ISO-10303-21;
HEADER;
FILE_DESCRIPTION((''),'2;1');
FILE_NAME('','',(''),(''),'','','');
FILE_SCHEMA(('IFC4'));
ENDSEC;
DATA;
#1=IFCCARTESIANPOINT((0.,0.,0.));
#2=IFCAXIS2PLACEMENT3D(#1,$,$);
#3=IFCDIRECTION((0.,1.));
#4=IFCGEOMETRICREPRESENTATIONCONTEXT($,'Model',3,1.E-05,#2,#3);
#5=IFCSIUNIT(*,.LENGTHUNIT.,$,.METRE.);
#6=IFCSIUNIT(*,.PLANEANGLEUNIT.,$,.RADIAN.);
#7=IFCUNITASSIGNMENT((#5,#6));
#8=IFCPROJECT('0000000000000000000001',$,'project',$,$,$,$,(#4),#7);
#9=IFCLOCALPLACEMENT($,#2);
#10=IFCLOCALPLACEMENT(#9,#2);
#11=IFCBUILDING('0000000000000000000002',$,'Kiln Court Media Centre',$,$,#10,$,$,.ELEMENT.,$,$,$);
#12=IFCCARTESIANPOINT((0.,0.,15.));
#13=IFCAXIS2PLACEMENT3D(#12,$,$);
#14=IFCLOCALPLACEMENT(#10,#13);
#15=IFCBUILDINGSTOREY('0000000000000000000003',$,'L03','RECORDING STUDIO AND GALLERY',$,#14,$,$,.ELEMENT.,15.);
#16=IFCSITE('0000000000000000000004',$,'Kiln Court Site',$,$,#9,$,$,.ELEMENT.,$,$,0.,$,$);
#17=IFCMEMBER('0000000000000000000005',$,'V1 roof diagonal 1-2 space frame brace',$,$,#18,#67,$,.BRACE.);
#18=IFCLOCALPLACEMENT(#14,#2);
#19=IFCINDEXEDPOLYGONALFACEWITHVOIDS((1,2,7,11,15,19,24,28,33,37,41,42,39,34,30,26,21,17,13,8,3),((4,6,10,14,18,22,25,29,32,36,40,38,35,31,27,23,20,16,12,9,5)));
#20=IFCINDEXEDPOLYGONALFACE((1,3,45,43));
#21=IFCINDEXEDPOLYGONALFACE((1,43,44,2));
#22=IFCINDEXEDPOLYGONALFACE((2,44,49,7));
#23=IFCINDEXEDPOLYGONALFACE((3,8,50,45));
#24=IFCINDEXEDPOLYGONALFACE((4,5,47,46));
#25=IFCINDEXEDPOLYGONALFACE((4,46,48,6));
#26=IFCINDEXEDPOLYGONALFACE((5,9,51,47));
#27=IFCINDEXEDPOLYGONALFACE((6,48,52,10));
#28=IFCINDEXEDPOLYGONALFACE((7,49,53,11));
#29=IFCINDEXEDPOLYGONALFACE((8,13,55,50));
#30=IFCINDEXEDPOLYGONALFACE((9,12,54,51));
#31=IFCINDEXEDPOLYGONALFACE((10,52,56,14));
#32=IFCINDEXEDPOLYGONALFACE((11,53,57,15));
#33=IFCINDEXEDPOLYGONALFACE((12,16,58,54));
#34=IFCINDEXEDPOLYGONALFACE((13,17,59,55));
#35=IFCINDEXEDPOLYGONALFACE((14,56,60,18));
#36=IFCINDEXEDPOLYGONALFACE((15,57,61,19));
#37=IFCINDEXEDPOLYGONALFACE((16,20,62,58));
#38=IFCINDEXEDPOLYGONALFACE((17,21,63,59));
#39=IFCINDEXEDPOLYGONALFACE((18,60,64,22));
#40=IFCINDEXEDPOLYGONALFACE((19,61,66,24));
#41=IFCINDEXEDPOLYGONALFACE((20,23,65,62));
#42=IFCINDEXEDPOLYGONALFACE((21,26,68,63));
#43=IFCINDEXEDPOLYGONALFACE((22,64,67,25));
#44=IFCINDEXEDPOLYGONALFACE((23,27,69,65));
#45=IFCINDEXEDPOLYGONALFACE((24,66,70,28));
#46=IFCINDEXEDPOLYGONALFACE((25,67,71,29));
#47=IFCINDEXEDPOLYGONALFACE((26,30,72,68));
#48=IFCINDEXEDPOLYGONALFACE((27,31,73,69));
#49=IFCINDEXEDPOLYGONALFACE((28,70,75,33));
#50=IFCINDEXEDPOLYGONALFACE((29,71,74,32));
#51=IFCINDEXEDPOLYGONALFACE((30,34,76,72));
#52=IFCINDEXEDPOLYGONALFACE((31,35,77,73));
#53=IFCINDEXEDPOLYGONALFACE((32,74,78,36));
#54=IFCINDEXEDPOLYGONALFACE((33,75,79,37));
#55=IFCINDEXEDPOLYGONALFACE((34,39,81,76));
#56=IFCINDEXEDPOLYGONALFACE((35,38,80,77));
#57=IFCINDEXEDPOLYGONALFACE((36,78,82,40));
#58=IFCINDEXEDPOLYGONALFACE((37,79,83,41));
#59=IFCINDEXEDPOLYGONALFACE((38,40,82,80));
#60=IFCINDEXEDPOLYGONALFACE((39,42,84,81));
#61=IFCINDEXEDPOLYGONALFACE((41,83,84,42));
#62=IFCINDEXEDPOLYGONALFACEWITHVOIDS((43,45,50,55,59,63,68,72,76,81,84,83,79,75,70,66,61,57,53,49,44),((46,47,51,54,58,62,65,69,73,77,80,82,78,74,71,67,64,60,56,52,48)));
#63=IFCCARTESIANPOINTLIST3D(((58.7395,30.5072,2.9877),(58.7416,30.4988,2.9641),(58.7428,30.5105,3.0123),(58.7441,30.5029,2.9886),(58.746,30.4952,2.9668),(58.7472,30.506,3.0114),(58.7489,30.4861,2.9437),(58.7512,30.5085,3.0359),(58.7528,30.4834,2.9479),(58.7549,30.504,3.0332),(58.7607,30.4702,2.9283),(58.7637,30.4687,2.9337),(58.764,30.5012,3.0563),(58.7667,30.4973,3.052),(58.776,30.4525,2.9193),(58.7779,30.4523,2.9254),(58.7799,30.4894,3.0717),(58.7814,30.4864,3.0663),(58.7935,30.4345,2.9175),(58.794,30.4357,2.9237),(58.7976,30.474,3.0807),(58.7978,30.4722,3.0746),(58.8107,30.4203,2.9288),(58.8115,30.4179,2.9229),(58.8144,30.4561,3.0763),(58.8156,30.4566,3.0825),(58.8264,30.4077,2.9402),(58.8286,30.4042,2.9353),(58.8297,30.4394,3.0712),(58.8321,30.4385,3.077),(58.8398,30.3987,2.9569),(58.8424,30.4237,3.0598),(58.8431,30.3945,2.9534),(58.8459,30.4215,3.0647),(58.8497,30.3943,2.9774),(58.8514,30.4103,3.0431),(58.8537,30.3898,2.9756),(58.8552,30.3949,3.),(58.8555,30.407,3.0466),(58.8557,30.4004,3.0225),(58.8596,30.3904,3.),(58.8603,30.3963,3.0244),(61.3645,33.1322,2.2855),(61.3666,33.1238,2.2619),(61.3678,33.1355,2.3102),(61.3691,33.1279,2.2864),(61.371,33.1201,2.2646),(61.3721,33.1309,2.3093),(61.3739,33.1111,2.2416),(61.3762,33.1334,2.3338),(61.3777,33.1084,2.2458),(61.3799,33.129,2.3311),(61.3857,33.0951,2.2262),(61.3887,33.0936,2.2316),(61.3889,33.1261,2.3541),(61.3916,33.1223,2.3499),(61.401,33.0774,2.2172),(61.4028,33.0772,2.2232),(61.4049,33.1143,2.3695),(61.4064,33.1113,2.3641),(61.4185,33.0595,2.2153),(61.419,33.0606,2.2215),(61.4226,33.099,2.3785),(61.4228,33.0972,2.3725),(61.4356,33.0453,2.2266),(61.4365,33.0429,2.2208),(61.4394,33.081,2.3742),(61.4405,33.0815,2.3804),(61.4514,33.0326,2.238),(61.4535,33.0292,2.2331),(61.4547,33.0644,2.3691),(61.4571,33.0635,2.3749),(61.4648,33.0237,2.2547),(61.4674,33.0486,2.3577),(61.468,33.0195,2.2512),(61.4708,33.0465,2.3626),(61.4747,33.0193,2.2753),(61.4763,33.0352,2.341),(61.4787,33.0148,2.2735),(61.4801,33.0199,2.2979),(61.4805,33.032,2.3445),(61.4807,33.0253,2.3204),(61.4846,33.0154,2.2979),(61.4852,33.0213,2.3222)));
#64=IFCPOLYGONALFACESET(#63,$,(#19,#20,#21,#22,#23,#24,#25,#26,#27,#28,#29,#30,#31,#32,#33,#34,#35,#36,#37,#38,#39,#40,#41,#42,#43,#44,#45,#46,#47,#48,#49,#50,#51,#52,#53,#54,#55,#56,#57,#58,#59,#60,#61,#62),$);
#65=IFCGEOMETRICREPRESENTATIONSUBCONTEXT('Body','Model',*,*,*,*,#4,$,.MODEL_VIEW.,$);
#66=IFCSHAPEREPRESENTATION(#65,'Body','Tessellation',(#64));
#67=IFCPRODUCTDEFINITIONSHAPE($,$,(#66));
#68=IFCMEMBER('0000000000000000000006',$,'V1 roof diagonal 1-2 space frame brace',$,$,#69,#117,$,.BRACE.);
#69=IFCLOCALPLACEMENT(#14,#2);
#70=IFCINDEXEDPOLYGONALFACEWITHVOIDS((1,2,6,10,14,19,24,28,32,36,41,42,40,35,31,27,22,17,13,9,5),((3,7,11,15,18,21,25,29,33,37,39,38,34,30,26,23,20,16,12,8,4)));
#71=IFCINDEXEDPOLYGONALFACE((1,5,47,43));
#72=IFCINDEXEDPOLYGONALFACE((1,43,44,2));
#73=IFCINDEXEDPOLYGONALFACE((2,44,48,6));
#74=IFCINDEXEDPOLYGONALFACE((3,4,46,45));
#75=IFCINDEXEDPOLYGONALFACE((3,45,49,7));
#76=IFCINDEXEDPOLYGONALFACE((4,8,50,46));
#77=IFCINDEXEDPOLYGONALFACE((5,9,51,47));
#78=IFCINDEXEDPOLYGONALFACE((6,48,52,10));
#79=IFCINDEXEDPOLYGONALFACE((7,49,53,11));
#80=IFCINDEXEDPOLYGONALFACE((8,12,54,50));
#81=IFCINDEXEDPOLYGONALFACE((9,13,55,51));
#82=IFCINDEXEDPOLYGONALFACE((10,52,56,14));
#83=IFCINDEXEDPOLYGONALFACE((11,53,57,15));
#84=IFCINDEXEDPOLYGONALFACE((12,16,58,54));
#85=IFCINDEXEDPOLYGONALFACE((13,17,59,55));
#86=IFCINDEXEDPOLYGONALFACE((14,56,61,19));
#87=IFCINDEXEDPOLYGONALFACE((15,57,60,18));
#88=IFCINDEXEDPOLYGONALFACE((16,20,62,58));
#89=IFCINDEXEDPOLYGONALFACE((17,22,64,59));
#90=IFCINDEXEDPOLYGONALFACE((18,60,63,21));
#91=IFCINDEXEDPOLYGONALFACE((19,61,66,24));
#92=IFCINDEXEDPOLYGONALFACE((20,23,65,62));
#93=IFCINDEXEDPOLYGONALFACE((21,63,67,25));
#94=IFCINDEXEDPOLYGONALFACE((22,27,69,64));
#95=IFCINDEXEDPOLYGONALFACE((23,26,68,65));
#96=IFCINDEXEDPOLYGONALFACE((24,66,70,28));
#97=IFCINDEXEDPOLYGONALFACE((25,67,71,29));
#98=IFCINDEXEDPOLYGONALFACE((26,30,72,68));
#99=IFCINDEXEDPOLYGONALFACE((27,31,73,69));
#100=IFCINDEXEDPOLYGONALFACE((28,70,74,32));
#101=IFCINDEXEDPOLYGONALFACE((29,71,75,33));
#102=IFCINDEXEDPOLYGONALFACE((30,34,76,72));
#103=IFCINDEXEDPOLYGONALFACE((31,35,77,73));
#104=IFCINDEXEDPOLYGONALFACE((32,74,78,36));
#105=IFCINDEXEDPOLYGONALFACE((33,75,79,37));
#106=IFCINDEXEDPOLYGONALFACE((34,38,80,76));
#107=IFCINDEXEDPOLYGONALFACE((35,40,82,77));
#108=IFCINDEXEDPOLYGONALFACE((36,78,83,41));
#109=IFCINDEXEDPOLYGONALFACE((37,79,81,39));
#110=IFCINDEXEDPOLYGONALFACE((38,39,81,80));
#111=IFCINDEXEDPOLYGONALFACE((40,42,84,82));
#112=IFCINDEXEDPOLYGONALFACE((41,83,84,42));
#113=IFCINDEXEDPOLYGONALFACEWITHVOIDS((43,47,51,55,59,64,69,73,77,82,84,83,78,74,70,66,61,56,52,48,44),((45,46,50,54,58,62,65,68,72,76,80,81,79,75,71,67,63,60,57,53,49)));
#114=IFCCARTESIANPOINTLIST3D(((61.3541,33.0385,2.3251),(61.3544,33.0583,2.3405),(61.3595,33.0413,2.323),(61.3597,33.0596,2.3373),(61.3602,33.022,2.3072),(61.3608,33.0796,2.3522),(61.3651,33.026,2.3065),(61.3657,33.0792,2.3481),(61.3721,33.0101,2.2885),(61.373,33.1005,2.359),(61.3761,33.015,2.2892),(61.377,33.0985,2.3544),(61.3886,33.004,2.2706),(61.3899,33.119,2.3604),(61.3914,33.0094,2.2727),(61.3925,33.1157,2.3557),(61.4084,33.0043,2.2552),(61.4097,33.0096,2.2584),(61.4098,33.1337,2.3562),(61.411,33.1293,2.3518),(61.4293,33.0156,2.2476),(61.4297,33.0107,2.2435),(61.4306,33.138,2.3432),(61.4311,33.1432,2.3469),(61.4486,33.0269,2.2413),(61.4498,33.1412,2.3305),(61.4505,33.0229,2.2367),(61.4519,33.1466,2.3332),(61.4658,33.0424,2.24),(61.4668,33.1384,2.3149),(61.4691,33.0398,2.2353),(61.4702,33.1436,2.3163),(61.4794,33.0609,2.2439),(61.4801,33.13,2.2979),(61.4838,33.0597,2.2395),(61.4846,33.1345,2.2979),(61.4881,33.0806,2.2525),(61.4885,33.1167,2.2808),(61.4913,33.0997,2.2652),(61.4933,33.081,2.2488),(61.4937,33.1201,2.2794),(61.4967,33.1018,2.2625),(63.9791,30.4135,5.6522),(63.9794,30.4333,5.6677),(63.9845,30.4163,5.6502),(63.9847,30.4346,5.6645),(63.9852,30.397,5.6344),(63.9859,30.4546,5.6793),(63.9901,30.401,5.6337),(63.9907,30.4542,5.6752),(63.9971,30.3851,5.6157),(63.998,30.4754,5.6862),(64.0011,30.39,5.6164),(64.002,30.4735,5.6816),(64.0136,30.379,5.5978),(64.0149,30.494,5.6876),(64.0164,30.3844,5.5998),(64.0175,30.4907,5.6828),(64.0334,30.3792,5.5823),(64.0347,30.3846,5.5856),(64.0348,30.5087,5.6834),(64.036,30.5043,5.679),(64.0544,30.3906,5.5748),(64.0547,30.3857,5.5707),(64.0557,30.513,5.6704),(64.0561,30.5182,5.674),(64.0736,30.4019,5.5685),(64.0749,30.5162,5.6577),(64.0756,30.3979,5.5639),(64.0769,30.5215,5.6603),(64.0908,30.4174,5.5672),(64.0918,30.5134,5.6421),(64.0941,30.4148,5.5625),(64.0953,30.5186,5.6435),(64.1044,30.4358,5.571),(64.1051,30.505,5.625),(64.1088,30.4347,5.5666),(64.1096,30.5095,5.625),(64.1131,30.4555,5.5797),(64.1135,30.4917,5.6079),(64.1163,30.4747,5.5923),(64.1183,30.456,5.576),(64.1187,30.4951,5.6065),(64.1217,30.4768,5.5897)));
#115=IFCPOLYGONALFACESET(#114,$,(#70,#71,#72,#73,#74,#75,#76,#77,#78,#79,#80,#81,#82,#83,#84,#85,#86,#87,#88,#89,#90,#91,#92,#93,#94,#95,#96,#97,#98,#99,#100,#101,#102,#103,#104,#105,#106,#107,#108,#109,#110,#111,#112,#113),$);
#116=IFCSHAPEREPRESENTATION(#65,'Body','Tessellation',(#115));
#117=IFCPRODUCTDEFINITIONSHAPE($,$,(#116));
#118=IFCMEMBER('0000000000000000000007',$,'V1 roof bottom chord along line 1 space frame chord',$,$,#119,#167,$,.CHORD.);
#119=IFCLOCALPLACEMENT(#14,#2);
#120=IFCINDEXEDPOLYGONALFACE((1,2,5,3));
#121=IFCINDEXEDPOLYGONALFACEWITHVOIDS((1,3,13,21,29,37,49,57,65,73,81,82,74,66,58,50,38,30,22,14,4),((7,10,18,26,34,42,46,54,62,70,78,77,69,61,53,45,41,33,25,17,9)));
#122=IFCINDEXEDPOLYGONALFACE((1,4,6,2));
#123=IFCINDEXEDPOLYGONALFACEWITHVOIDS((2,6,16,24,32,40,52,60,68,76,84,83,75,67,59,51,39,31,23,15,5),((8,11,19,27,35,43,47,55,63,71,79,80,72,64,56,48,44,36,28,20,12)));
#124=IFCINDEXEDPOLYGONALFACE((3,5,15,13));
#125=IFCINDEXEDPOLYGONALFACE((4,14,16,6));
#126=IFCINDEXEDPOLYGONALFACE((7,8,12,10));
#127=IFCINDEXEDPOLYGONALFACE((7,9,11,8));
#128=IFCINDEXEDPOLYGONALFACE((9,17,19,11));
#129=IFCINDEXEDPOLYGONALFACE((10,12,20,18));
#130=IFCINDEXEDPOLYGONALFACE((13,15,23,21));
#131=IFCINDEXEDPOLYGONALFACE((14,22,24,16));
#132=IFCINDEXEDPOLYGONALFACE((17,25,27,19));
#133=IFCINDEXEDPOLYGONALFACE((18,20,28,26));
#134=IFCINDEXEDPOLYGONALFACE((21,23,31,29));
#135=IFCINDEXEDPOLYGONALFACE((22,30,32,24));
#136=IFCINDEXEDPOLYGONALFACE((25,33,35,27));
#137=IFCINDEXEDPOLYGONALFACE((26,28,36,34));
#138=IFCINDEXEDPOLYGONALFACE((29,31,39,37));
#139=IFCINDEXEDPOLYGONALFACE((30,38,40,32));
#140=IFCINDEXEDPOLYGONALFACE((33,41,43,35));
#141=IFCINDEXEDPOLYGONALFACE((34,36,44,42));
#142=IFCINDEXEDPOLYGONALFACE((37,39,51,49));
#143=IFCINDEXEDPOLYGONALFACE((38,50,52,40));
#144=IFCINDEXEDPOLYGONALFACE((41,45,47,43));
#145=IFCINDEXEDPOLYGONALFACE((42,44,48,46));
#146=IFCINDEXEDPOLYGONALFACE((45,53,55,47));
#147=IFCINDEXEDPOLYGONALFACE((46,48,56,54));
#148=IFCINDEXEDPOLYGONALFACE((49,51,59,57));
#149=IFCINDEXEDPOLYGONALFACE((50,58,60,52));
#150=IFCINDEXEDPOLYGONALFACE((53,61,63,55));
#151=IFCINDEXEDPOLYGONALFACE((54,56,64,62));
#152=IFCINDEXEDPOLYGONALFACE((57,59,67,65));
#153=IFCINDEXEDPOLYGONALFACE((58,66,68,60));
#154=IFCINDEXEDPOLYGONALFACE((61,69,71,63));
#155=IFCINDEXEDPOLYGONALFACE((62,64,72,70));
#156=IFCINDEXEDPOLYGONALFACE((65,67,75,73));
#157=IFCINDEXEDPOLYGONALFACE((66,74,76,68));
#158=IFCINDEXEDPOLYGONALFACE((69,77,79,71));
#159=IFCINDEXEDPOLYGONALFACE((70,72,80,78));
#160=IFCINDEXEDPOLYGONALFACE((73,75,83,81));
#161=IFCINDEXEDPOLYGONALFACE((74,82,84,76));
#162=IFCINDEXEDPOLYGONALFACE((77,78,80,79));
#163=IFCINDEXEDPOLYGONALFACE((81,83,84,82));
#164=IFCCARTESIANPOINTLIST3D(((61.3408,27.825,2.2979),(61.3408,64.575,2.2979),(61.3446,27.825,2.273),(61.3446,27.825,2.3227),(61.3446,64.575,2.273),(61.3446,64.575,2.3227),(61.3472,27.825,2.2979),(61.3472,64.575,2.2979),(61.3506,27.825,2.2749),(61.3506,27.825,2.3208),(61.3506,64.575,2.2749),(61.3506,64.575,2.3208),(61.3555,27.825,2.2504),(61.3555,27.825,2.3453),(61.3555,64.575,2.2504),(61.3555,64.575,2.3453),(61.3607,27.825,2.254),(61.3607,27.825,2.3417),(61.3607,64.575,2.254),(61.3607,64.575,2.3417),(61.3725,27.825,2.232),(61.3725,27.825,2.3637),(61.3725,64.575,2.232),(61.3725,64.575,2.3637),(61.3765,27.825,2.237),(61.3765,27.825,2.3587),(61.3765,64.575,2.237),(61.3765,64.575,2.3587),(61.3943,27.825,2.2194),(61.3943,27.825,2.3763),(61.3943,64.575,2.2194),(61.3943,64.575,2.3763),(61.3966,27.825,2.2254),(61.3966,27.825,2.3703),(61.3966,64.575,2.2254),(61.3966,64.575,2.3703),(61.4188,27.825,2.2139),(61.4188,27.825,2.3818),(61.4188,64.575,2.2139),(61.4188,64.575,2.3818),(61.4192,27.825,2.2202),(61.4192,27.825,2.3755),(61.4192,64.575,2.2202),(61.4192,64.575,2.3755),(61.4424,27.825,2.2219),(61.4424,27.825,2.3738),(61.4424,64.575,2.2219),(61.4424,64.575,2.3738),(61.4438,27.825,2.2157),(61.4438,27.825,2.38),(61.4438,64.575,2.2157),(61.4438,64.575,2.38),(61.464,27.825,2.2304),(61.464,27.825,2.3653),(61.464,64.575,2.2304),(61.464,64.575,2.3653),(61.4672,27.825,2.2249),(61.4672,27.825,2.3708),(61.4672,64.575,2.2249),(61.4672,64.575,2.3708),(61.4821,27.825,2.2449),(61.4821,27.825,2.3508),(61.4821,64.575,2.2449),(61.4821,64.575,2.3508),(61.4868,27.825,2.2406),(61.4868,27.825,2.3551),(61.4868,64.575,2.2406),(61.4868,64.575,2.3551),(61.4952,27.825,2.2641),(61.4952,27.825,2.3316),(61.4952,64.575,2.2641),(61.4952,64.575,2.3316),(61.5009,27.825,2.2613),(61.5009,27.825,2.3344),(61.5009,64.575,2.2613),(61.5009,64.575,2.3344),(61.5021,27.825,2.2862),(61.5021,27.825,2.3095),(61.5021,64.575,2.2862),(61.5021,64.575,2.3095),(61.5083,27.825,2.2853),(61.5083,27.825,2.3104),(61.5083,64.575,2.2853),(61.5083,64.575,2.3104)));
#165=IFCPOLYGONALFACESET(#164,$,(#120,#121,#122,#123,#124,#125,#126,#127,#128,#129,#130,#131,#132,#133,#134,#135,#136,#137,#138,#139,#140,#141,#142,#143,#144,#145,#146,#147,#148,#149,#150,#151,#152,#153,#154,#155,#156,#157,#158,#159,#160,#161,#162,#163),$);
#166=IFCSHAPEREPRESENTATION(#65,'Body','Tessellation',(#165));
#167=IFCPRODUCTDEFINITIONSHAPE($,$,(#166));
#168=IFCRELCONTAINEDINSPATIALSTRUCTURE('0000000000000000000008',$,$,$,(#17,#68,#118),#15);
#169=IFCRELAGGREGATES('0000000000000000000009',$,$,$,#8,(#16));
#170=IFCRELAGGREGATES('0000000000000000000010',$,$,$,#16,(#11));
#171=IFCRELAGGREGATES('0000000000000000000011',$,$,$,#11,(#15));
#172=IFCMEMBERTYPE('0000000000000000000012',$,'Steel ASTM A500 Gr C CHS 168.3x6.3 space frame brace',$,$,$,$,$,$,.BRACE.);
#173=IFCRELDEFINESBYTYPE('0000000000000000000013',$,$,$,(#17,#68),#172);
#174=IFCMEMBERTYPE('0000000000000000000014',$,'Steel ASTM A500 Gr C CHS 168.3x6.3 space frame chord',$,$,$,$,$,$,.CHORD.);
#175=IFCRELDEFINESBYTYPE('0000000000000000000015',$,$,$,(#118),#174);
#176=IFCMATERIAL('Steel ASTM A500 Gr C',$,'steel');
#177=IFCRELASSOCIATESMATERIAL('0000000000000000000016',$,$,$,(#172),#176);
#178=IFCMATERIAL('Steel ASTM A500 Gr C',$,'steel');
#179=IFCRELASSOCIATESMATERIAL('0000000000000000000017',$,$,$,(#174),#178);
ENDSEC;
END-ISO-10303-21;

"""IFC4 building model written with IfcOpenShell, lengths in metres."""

from ifc_helpers import new_model, si_unit, direction, frame, origin, origin_2d, place, context, subcontext, project, spatial, hollow_circle, extrude, material, material_profile, profile_set, type_object, element, save


model = new_model("IFC4")

# Units and contexts
model_context = context("Model", 3, precision=1e-05, world=origin(), true_north=direction((0.0, 1.0)))
body_context = subcontext(model_context, "Body", "Model", "MODEL_VIEW")
ifc_project = project(units=[si_unit("LENGTHUNIT", "METRE"), si_unit("PLANEANGLEUNIT", "RADIAN")], contexts=[model_context])

# Site, building, storey
site_placement = place(None, origin())
site = spatial("IfcSite", under=ifc_project, at=site_placement, Name="Kiln Court Site", CompositionType="ELEMENT", RefElevation=0.0)
building_placement = place(site_placement, origin())
building = spatial("IfcBuilding", under=site, at=building_placement, Name="Kiln Court Media Centre", CompositionType="ELEMENT")
storey_placement = place(building_placement, frame((0.0, 0.0, 15.0)))
storey = spatial("IfcBuildingStorey", under=building, at=storey_placement, Name="L03", Description="RECORDING STUDIO AND GALLERY", CompositionType="ELEMENT", Elevation=15.0)

# Members
ifc_material_1 = material(Name="Steel ASTM A500 Gr C", Category="steel")
ifc_material_profile_1 = material_profile(ifc_material_1, hollow_circle(Radius=0.0842, WallThickness=0.0063, at=origin_2d()), Name="CHS 168.3x6.3")
ifc_profile_set_1 = profile_set([ifc_material_profile_1], Name="Steel ASTM A500 Gr C")
member_type_1 = type_object("IfcMemberType", Name="Steel ASTM A500 Gr C CHS 168.3x6.3 space frame brace", PredefinedType="BRACE", material=ifc_profile_set_1)
member_1_placement = place(storey_placement, frame((61.425, 33.075, 2.2979), z_axis=(-0.694788, -0.694788, 0.185846), x_axis=(0.707107, -0.707107, 0.0)))
element("IfcMember", 1, at=member_1_placement, inside=storey, type_object=member_type_1, Name="V1 roof diagonal 1-2 space frame brace", PredefinedType="BRACE", context=body_context, shape_type="SweptSolid", body=[
    extrude(hollow_circle(Radius=0.0842, WallThickness=0.0063, at=origin_2d()), origin(), (0.0, 0.0, 1.0), 3.7781),
])
member_2_placement = place(storey_placement, frame((61.425, 33.075, 2.2979), z_axis=(0.52657, -0.52657, 0.667419), x_axis=(0.707107, 0.707107, 0.0)))
element("IfcMember", 2, at=member_2_placement, inside=storey, type_object=member_type_1, Name="V1 roof diagonal 1-2 space frame brace", PredefinedType="BRACE", context=body_context, shape_type="SweptSolid", body=[
    extrude(hollow_circle(Radius=0.0842, WallThickness=0.0063, at=origin_2d()), origin(), (0.0, 0.0, 1.0), 4.9851),
])
ifc_material_2 = material(Name="Steel ASTM A500 Gr C", Category="steel")
ifc_material_profile_2 = material_profile(ifc_material_2, hollow_circle(Radius=0.0842, WallThickness=0.0063, at=origin_2d()), Name="CHS 168.3x6.3")
ifc_profile_set_2 = profile_set([ifc_material_profile_2], Name="Steel ASTM A500 Gr C")
member_type_2 = type_object("IfcMemberType", Name="Steel ASTM A500 Gr C CHS 168.3x6.3 space frame chord", PredefinedType="CHORD", material=ifc_profile_set_2)
member_3_placement = place(storey_placement, frame((61.425, 27.825, 2.2979), z_axis=(0.0, 1.0, 0.0), x_axis=(-1.0, 0.0, 0.0)))
element("IfcMember", 3, at=member_3_placement, inside=storey, type_object=member_type_2, Name="V1 roof bottom chord along line 1 space frame chord", PredefinedType="CHORD", context=body_context, shape_type="SweptSolid", body=[
    extrude(hollow_circle(Radius=0.0842, WallThickness=0.0063, at=origin_2d()), origin(), (0.0, 0.0, 1.0), 36.75),
])

save(model, "model.ifc")
